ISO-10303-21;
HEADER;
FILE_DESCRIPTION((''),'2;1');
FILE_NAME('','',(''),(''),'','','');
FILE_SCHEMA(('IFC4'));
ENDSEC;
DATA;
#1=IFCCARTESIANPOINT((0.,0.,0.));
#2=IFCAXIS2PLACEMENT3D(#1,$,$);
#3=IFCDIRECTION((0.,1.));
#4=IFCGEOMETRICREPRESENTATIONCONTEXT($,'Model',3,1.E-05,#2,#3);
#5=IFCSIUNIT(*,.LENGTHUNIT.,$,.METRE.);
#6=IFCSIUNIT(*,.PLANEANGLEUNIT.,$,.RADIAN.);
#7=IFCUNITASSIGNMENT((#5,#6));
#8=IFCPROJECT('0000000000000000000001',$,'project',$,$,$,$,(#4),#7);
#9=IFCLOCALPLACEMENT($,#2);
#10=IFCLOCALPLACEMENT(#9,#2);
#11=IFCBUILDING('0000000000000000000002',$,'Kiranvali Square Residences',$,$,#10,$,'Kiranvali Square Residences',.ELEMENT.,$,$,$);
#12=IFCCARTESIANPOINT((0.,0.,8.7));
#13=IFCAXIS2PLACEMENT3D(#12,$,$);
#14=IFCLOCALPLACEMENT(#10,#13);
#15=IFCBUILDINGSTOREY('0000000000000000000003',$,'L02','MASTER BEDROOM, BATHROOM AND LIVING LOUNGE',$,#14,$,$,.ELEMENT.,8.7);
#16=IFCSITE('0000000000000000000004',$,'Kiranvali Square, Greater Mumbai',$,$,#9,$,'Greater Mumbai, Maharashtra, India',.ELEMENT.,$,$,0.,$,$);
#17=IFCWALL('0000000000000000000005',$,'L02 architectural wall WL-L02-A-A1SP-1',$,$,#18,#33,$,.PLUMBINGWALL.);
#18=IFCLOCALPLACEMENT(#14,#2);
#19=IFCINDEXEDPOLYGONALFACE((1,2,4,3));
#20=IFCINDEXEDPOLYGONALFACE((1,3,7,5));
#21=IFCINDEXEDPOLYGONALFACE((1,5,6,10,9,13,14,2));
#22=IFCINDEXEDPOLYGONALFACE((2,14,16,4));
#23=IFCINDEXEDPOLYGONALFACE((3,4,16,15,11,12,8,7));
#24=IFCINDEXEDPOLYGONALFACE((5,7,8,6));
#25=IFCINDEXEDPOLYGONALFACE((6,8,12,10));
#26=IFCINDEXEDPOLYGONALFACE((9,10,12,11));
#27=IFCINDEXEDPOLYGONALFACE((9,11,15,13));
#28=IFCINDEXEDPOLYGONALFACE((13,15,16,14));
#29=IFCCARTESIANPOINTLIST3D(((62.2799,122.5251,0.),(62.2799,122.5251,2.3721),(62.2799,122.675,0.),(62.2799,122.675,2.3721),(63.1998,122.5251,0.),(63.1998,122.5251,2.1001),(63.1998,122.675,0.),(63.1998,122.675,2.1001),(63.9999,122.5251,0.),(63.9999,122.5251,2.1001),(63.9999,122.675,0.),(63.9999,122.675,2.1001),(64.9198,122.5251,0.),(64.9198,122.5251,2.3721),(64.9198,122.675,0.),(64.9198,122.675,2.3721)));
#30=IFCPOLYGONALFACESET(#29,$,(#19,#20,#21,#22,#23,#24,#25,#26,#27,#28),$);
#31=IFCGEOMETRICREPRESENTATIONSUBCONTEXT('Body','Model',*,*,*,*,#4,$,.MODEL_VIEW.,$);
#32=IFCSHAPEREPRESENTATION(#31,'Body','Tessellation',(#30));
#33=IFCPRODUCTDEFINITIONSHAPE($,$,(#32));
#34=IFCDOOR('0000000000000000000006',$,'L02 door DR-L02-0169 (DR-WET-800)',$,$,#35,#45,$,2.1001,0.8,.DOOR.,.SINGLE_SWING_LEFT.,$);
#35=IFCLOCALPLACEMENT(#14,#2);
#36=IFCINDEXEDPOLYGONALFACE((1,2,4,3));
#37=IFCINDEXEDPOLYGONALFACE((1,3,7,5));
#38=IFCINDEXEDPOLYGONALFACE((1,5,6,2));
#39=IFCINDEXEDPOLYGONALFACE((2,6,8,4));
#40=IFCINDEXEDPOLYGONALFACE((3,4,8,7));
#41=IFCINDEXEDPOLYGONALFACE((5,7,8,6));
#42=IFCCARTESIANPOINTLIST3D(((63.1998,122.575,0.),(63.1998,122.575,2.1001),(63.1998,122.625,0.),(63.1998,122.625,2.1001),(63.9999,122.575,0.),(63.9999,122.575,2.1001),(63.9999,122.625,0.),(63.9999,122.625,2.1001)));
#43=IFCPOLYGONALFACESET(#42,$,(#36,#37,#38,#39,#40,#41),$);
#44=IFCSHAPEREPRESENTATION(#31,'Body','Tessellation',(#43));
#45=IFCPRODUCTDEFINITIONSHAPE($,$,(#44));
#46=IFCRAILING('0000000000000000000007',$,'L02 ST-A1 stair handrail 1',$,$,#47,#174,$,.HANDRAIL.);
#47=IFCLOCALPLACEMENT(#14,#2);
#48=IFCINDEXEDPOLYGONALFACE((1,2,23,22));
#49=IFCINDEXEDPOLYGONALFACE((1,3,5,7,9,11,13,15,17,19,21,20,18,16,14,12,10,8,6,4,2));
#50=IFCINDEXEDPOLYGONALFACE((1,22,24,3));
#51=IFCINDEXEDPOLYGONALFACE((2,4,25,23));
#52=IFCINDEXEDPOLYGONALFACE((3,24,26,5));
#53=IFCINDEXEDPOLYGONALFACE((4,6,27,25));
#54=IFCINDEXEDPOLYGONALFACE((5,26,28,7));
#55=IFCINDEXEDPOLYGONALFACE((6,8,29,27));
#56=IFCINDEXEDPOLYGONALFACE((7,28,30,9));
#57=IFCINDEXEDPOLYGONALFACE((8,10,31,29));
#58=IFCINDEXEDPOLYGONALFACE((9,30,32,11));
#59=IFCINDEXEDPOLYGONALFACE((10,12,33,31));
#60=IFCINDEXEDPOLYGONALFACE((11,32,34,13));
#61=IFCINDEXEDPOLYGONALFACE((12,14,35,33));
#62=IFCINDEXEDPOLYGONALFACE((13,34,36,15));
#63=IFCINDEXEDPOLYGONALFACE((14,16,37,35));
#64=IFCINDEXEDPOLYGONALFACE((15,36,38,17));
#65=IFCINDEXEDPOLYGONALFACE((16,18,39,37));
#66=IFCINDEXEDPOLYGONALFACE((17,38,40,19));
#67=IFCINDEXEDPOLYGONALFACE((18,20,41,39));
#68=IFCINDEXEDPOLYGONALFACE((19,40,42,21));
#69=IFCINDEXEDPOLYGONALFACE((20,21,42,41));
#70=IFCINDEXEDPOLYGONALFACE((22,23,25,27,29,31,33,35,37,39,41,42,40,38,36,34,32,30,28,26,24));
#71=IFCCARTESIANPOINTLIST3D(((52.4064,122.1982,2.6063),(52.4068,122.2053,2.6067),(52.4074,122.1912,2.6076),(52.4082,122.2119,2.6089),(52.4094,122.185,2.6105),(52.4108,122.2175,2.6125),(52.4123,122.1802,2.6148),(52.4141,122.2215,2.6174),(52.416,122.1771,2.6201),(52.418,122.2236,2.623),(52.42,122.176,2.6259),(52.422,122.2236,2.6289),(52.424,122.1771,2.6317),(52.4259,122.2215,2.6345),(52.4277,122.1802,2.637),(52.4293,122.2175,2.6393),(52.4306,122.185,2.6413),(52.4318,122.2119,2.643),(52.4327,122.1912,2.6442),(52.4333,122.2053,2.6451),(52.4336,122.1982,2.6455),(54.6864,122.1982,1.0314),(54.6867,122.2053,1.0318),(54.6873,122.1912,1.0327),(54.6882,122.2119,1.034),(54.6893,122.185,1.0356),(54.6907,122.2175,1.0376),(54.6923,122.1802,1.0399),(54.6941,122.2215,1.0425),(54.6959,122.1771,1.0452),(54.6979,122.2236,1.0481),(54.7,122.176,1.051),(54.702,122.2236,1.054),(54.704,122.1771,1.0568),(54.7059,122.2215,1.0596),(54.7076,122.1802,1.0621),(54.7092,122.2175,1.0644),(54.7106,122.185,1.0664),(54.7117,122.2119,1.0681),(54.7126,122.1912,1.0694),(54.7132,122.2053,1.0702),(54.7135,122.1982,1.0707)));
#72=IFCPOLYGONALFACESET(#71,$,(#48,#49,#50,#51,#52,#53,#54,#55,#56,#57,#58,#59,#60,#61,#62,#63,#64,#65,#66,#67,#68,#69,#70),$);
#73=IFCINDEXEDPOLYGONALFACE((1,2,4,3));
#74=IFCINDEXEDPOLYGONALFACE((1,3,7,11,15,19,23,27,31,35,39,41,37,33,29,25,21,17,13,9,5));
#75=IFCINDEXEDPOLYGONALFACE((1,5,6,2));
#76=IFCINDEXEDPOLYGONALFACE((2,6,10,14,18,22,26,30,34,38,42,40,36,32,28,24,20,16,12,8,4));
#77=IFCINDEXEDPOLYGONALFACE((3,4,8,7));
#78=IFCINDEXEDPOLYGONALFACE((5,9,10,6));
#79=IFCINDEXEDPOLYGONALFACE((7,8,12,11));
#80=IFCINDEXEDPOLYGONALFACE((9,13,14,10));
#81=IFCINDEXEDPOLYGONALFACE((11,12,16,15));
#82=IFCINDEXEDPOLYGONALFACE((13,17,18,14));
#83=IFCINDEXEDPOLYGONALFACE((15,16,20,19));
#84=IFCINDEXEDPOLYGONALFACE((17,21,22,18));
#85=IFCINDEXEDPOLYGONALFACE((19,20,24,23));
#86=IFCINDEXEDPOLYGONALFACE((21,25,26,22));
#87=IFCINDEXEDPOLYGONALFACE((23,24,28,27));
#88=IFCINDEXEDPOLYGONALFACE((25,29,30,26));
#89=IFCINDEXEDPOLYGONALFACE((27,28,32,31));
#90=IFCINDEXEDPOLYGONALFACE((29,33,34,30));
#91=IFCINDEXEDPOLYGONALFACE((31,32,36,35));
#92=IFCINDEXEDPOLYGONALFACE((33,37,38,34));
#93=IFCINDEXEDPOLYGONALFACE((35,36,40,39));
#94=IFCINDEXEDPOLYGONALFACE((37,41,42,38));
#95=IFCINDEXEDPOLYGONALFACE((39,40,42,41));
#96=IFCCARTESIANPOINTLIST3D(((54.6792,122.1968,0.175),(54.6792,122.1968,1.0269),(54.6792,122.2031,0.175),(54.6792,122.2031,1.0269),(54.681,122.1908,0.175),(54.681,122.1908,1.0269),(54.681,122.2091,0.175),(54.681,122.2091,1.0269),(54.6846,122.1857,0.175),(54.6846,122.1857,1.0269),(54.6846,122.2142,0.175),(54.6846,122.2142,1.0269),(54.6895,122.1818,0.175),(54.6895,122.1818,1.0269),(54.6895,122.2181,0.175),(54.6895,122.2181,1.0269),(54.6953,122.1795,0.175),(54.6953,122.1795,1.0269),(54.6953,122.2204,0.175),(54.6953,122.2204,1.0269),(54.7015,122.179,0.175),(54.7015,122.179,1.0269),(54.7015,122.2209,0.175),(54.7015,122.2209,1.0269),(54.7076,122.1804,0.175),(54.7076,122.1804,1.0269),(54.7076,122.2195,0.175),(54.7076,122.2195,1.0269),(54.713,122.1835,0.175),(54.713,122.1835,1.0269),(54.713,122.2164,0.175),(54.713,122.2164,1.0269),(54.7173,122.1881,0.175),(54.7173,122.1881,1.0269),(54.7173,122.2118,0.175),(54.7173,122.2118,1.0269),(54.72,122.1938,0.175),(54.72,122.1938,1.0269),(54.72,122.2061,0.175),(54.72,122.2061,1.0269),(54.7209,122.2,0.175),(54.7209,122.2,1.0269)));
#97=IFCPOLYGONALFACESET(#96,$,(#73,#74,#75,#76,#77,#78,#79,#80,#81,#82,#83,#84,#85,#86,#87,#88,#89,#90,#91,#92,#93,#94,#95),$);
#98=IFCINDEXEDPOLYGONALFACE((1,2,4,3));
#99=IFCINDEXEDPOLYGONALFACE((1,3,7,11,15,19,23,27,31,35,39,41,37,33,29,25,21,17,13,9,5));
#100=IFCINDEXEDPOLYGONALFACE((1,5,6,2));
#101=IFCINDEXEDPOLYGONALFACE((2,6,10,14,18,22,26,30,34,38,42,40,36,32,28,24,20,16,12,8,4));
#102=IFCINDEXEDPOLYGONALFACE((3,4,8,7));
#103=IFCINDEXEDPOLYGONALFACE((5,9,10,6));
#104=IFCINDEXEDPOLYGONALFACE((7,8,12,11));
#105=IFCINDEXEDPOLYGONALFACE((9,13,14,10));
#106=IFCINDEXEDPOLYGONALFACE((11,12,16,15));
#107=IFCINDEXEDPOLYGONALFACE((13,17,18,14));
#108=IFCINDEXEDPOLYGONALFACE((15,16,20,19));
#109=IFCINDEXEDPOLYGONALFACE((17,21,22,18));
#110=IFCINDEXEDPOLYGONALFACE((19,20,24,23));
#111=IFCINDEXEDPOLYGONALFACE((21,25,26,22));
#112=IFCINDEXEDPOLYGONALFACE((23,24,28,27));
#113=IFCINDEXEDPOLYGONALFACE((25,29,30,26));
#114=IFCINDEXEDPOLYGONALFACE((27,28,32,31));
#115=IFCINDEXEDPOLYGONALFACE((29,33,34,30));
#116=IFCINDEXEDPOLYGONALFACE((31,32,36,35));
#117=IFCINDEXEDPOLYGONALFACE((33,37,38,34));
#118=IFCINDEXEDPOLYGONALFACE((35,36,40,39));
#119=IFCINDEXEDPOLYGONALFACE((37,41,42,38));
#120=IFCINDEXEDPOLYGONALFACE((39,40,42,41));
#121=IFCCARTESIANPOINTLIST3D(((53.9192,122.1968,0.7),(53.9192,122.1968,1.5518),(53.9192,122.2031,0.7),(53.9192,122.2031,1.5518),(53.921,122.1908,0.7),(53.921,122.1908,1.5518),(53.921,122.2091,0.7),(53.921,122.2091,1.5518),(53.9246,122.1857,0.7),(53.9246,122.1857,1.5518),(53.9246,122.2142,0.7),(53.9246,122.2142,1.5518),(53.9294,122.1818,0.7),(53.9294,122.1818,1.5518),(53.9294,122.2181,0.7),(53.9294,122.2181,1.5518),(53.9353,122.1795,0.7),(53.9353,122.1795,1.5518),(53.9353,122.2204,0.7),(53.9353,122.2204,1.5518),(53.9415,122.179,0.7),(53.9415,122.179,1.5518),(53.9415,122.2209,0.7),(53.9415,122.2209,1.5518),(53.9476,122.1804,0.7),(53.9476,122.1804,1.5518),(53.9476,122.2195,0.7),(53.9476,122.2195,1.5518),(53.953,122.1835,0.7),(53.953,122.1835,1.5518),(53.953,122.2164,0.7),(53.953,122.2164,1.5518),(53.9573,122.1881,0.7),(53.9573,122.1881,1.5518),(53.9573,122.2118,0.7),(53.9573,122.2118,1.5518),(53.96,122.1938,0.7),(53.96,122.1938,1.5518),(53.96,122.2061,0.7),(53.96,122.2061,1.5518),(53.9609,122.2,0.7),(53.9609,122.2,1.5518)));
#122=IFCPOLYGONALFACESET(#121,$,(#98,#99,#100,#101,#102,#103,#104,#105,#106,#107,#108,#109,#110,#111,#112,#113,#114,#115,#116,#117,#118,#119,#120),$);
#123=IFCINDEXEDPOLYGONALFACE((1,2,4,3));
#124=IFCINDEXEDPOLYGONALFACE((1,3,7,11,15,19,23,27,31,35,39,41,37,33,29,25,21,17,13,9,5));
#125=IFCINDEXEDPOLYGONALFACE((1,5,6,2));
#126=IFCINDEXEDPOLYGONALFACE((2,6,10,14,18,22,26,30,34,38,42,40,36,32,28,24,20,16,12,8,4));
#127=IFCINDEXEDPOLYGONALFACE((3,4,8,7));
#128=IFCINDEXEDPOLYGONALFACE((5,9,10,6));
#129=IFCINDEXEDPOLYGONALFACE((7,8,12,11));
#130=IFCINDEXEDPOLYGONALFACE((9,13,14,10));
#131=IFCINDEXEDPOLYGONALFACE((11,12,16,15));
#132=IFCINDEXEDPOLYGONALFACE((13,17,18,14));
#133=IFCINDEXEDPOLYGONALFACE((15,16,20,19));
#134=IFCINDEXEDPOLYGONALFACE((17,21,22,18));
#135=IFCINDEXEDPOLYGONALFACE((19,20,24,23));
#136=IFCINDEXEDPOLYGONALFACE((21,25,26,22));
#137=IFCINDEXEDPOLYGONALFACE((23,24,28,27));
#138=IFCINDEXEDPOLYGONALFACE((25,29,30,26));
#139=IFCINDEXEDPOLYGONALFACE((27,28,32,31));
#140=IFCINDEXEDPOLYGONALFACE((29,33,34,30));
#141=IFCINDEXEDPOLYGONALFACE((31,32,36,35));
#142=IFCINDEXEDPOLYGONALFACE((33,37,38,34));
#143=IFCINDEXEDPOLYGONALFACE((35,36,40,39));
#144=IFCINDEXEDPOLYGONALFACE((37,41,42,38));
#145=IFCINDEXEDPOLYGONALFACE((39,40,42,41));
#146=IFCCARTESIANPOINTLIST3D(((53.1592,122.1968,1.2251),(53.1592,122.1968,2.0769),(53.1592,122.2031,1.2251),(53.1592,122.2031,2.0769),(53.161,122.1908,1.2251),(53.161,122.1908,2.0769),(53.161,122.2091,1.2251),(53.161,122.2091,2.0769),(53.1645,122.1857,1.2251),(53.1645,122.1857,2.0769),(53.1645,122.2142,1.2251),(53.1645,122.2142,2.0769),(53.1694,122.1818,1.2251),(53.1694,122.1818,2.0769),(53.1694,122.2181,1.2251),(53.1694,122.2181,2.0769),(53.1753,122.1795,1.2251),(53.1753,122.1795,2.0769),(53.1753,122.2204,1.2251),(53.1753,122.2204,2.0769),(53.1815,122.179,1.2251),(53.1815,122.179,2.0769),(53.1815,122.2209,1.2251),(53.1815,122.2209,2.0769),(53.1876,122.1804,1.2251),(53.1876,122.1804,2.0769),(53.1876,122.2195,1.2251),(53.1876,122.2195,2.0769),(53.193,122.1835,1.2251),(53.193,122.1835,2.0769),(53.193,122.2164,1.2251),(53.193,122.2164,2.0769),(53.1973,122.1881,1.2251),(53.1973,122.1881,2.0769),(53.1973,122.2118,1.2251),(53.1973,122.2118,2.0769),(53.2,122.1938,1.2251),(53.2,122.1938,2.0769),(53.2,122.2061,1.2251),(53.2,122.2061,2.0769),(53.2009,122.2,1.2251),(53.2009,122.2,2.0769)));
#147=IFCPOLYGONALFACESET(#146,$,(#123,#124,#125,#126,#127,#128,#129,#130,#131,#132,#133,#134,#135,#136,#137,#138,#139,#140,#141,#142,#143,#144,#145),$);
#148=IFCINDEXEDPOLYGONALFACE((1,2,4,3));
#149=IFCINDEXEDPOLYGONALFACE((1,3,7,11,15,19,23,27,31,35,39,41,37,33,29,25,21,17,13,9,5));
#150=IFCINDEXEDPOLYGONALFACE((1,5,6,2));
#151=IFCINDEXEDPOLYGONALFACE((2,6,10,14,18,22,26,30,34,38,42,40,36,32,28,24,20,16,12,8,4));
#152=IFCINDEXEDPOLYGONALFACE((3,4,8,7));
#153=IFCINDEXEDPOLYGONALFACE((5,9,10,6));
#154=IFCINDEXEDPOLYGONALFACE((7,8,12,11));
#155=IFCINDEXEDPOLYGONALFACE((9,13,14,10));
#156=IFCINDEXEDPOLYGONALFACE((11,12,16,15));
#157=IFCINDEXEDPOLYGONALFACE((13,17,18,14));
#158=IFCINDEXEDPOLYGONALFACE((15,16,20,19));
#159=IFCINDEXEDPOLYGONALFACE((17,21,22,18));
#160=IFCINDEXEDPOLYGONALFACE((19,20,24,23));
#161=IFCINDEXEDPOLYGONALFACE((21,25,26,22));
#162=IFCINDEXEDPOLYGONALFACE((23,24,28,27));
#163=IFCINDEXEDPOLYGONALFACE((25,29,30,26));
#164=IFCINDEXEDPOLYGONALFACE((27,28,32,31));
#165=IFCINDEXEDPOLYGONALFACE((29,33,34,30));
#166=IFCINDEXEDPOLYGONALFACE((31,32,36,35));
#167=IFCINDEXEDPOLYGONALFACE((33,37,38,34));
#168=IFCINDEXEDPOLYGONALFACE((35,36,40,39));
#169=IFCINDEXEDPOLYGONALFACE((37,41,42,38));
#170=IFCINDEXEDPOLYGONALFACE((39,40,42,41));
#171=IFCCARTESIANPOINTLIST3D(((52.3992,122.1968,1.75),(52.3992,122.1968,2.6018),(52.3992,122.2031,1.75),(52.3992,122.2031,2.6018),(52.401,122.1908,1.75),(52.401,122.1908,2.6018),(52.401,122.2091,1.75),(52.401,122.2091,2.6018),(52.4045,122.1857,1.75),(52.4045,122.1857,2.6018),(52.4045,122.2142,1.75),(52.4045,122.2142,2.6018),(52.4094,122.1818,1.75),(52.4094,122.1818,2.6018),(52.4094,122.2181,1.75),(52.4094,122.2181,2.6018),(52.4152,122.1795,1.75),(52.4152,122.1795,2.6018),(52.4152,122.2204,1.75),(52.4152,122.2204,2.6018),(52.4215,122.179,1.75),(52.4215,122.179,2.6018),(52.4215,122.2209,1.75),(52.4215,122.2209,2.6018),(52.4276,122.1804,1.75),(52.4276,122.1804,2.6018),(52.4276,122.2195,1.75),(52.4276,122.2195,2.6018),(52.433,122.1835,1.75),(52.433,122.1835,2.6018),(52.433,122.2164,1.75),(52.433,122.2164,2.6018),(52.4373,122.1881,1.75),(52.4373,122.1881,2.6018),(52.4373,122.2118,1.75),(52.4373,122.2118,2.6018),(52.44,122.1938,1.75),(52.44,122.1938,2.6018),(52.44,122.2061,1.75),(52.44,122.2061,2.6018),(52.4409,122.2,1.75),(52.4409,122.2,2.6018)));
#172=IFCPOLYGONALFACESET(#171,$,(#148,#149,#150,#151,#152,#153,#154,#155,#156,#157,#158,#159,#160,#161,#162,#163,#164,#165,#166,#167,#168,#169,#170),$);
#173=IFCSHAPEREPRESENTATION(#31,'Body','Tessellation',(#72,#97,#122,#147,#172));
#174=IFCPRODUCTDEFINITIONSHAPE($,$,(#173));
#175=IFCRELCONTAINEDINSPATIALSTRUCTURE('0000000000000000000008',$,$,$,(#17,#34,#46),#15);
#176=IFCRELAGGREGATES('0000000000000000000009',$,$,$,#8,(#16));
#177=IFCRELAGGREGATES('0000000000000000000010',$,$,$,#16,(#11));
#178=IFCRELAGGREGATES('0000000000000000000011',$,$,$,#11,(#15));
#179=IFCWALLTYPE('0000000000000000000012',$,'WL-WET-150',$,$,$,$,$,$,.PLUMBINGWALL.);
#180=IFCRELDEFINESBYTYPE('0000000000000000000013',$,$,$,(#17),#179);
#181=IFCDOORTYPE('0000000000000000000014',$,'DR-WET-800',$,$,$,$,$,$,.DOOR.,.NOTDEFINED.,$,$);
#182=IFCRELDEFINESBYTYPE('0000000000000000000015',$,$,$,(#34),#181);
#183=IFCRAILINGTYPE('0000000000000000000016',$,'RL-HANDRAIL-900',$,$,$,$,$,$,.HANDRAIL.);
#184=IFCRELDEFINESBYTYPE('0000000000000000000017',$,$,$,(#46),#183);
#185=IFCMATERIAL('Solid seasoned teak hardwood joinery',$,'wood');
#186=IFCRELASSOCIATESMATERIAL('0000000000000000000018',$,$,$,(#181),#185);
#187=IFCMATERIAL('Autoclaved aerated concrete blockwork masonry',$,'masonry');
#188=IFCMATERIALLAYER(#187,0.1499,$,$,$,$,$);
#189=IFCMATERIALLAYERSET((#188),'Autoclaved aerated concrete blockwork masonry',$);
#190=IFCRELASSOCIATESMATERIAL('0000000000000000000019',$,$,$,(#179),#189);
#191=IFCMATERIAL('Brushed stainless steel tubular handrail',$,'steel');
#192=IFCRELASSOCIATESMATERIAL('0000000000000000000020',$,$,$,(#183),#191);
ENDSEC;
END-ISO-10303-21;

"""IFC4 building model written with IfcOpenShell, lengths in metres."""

from ifc_helpers import new_model, si_unit, direction, frame, frame_2d, origin, origin_2d, place, context, subcontext, project, spatial, rectangle, circle, extrude, material, layer, layer_set, type_object, element, fill, save


model = new_model("IFC4")

# Units and contexts
model_context = context("Model", 3, precision=1e-05, world=origin(), true_north=direction((0.0, 1.0)))
body_context = subcontext(model_context, "Body", "Model", "MODEL_VIEW")
ifc_project = project(units=[si_unit("LENGTHUNIT", "METRE"), si_unit("PLANEANGLEUNIT", "RADIAN")], contexts=[model_context])

# Site, building, storey
site_placement = place(None, origin())
site = spatial("IfcSite", under=ifc_project, at=site_placement, Name="Kiranvali Square, Greater Mumbai", LongName="Greater Mumbai, Maharashtra, India", CompositionType="ELEMENT", RefElevation=0.0)
building_placement = place(site_placement, origin())
building = spatial("IfcBuilding", under=site, at=building_placement, Name="Kiranvali Square Residences", LongName="Kiranvali Square Residences", CompositionType="ELEMENT")
storey_placement = place(building_placement, frame((0.0, 0.0, 8.7)))
storey = spatial("IfcBuildingStorey", under=building, at=storey_placement, Name="L02", Description="MASTER BEDROOM, BATHROOM AND LIVING LOUNGE", CompositionType="ELEMENT", Elevation=8.7)

# Shared definitions
ifc_material_1 = material(Name="Solid seasoned teak hardwood joinery", Category="wood")
door_type_1 = type_object("IfcDoorType", Name="DR-WET-800", OperationType="NOTDEFINED", PredefinedType="DOOR", material=ifc_material_1)

# Wall, opening, door
ifc_material_2 = material(Name="Autoclaved aerated concrete blockwork masonry", Category="masonry")
ifc_layer_1 = layer(ifc_material_2, 0.1499)
ifc_layer_set_1 = layer_set([ifc_layer_1], Name="Autoclaved aerated concrete blockwork masonry")
wall_type_1 = type_object("IfcWallType", Name="WL-WET-150", PredefinedType="PLUMBINGWALL", material=ifc_layer_set_1)
wall_1_placement = place(storey_placement, frame((62.28, 122.6001, 0.0), z_axis=(0.0, 0.0, 1.0), x_axis=(1.0, 0.0, 0.0)))
wall_1 = element("IfcWall", 1, at=wall_1_placement, inside=storey, type_object=wall_type_1, Name="L02 architectural wall WL-L02-A-A1SP-1", PredefinedType="PLUMBINGWALL", context=body_context, shape_type="SweptSolid", body=[
    extrude(rectangle(XDim=2.6399, YDim=0.1499, at=frame_2d((1.3198, 0.0))), origin(), (0.0, 0.0, 1.0), 2.3721),
])
opening_1_placement = place(wall_1_placement, frame((0.9199, 0.0, 0.0)))
opening_1 = element("IfcOpeningElement", 2, at=opening_1_placement, cuts=wall_1, PredefinedType="OPENING", context=body_context, shape_type="SweptSolid", body=[
    extrude(rectangle(XDim=0.8, YDim=2.1001, at=frame_2d((0.3999, 1.05))), frame((0.0, 0.085, 0.0), z_axis=(0.0, -1.0, 0.0), x_axis=(1.0, 0.0, 0.0)), (0.0, 0.0, 1.0), 0.1699),
])
door_1_placement = place(opening_1_placement, origin())
door_1 = element("IfcDoor", 3, at=door_1_placement, inside=storey, type_object=door_type_1, Name="L02 door DR-L02-0169 (DR-WET-800)", OperationType="SINGLE_SWING_LEFT", OverallHeight=2.1001, OverallWidth=0.8, PredefinedType="DOOR", context=body_context, shape_type="SweptSolid", body=[
    extrude(rectangle(XDim=0.8, YDim=2.1001, at=frame_2d((0.3999, 1.05))), frame((0.0, 0.0249, 0.0), z_axis=(0.0, -1.0, 0.0), x_axis=(1.0, 0.0, 0.0)), (0.0, 0.0, 1.0), 0.05),
])
fill(opening_1, door_1)

# Railing
ifc_material_3 = material(Name="Brushed stainless steel tubular handrail", Category="steel")
railing_type = type_object("IfcRailingType", Name="RL-HANDRAIL-900", PredefinedType="HANDRAIL", material=ifc_material_3)
railing_placement = place(storey_placement, frame((54.7, 122.2, 0.175)))
element("IfcRailing", 4, at=railing_placement, inside=storey, type_object=railing_type, Name="L02 ST-A1 stair handrail 1", PredefinedType="HANDRAIL", context=body_context, shape_type="SweptSolid", body=[
    extrude(circle(Radius=0.0239, at=origin_2d()), frame((0.0, 0.0, 0.876), z_axis=(-0.822788, 0.0, 0.568348), x_axis=(0.0, -1.0, 0.0)), (0.0, 0.0, 1.0), 2.771),
    extrude(circle(Radius=0.021, at=origin_2d()), origin(), (0.0, 0.0, 1.0), 0.8518),
    extrude(circle(Radius=0.021, at=origin_2d()), frame((-0.76, 0.0, 0.5249)), (0.0, 0.0, 1.0), 0.8518),
    extrude(circle(Radius=0.021, at=origin_2d()), frame((-1.52, 0.0, 1.05)), (0.0, 0.0, 1.0), 0.8518),
    extrude(circle(Radius=0.021, at=origin_2d()), frame((-2.28, 0.0, 1.575)), (0.0, 0.0, 1.0), 0.8518),
])

save(model, "model.ifc")
